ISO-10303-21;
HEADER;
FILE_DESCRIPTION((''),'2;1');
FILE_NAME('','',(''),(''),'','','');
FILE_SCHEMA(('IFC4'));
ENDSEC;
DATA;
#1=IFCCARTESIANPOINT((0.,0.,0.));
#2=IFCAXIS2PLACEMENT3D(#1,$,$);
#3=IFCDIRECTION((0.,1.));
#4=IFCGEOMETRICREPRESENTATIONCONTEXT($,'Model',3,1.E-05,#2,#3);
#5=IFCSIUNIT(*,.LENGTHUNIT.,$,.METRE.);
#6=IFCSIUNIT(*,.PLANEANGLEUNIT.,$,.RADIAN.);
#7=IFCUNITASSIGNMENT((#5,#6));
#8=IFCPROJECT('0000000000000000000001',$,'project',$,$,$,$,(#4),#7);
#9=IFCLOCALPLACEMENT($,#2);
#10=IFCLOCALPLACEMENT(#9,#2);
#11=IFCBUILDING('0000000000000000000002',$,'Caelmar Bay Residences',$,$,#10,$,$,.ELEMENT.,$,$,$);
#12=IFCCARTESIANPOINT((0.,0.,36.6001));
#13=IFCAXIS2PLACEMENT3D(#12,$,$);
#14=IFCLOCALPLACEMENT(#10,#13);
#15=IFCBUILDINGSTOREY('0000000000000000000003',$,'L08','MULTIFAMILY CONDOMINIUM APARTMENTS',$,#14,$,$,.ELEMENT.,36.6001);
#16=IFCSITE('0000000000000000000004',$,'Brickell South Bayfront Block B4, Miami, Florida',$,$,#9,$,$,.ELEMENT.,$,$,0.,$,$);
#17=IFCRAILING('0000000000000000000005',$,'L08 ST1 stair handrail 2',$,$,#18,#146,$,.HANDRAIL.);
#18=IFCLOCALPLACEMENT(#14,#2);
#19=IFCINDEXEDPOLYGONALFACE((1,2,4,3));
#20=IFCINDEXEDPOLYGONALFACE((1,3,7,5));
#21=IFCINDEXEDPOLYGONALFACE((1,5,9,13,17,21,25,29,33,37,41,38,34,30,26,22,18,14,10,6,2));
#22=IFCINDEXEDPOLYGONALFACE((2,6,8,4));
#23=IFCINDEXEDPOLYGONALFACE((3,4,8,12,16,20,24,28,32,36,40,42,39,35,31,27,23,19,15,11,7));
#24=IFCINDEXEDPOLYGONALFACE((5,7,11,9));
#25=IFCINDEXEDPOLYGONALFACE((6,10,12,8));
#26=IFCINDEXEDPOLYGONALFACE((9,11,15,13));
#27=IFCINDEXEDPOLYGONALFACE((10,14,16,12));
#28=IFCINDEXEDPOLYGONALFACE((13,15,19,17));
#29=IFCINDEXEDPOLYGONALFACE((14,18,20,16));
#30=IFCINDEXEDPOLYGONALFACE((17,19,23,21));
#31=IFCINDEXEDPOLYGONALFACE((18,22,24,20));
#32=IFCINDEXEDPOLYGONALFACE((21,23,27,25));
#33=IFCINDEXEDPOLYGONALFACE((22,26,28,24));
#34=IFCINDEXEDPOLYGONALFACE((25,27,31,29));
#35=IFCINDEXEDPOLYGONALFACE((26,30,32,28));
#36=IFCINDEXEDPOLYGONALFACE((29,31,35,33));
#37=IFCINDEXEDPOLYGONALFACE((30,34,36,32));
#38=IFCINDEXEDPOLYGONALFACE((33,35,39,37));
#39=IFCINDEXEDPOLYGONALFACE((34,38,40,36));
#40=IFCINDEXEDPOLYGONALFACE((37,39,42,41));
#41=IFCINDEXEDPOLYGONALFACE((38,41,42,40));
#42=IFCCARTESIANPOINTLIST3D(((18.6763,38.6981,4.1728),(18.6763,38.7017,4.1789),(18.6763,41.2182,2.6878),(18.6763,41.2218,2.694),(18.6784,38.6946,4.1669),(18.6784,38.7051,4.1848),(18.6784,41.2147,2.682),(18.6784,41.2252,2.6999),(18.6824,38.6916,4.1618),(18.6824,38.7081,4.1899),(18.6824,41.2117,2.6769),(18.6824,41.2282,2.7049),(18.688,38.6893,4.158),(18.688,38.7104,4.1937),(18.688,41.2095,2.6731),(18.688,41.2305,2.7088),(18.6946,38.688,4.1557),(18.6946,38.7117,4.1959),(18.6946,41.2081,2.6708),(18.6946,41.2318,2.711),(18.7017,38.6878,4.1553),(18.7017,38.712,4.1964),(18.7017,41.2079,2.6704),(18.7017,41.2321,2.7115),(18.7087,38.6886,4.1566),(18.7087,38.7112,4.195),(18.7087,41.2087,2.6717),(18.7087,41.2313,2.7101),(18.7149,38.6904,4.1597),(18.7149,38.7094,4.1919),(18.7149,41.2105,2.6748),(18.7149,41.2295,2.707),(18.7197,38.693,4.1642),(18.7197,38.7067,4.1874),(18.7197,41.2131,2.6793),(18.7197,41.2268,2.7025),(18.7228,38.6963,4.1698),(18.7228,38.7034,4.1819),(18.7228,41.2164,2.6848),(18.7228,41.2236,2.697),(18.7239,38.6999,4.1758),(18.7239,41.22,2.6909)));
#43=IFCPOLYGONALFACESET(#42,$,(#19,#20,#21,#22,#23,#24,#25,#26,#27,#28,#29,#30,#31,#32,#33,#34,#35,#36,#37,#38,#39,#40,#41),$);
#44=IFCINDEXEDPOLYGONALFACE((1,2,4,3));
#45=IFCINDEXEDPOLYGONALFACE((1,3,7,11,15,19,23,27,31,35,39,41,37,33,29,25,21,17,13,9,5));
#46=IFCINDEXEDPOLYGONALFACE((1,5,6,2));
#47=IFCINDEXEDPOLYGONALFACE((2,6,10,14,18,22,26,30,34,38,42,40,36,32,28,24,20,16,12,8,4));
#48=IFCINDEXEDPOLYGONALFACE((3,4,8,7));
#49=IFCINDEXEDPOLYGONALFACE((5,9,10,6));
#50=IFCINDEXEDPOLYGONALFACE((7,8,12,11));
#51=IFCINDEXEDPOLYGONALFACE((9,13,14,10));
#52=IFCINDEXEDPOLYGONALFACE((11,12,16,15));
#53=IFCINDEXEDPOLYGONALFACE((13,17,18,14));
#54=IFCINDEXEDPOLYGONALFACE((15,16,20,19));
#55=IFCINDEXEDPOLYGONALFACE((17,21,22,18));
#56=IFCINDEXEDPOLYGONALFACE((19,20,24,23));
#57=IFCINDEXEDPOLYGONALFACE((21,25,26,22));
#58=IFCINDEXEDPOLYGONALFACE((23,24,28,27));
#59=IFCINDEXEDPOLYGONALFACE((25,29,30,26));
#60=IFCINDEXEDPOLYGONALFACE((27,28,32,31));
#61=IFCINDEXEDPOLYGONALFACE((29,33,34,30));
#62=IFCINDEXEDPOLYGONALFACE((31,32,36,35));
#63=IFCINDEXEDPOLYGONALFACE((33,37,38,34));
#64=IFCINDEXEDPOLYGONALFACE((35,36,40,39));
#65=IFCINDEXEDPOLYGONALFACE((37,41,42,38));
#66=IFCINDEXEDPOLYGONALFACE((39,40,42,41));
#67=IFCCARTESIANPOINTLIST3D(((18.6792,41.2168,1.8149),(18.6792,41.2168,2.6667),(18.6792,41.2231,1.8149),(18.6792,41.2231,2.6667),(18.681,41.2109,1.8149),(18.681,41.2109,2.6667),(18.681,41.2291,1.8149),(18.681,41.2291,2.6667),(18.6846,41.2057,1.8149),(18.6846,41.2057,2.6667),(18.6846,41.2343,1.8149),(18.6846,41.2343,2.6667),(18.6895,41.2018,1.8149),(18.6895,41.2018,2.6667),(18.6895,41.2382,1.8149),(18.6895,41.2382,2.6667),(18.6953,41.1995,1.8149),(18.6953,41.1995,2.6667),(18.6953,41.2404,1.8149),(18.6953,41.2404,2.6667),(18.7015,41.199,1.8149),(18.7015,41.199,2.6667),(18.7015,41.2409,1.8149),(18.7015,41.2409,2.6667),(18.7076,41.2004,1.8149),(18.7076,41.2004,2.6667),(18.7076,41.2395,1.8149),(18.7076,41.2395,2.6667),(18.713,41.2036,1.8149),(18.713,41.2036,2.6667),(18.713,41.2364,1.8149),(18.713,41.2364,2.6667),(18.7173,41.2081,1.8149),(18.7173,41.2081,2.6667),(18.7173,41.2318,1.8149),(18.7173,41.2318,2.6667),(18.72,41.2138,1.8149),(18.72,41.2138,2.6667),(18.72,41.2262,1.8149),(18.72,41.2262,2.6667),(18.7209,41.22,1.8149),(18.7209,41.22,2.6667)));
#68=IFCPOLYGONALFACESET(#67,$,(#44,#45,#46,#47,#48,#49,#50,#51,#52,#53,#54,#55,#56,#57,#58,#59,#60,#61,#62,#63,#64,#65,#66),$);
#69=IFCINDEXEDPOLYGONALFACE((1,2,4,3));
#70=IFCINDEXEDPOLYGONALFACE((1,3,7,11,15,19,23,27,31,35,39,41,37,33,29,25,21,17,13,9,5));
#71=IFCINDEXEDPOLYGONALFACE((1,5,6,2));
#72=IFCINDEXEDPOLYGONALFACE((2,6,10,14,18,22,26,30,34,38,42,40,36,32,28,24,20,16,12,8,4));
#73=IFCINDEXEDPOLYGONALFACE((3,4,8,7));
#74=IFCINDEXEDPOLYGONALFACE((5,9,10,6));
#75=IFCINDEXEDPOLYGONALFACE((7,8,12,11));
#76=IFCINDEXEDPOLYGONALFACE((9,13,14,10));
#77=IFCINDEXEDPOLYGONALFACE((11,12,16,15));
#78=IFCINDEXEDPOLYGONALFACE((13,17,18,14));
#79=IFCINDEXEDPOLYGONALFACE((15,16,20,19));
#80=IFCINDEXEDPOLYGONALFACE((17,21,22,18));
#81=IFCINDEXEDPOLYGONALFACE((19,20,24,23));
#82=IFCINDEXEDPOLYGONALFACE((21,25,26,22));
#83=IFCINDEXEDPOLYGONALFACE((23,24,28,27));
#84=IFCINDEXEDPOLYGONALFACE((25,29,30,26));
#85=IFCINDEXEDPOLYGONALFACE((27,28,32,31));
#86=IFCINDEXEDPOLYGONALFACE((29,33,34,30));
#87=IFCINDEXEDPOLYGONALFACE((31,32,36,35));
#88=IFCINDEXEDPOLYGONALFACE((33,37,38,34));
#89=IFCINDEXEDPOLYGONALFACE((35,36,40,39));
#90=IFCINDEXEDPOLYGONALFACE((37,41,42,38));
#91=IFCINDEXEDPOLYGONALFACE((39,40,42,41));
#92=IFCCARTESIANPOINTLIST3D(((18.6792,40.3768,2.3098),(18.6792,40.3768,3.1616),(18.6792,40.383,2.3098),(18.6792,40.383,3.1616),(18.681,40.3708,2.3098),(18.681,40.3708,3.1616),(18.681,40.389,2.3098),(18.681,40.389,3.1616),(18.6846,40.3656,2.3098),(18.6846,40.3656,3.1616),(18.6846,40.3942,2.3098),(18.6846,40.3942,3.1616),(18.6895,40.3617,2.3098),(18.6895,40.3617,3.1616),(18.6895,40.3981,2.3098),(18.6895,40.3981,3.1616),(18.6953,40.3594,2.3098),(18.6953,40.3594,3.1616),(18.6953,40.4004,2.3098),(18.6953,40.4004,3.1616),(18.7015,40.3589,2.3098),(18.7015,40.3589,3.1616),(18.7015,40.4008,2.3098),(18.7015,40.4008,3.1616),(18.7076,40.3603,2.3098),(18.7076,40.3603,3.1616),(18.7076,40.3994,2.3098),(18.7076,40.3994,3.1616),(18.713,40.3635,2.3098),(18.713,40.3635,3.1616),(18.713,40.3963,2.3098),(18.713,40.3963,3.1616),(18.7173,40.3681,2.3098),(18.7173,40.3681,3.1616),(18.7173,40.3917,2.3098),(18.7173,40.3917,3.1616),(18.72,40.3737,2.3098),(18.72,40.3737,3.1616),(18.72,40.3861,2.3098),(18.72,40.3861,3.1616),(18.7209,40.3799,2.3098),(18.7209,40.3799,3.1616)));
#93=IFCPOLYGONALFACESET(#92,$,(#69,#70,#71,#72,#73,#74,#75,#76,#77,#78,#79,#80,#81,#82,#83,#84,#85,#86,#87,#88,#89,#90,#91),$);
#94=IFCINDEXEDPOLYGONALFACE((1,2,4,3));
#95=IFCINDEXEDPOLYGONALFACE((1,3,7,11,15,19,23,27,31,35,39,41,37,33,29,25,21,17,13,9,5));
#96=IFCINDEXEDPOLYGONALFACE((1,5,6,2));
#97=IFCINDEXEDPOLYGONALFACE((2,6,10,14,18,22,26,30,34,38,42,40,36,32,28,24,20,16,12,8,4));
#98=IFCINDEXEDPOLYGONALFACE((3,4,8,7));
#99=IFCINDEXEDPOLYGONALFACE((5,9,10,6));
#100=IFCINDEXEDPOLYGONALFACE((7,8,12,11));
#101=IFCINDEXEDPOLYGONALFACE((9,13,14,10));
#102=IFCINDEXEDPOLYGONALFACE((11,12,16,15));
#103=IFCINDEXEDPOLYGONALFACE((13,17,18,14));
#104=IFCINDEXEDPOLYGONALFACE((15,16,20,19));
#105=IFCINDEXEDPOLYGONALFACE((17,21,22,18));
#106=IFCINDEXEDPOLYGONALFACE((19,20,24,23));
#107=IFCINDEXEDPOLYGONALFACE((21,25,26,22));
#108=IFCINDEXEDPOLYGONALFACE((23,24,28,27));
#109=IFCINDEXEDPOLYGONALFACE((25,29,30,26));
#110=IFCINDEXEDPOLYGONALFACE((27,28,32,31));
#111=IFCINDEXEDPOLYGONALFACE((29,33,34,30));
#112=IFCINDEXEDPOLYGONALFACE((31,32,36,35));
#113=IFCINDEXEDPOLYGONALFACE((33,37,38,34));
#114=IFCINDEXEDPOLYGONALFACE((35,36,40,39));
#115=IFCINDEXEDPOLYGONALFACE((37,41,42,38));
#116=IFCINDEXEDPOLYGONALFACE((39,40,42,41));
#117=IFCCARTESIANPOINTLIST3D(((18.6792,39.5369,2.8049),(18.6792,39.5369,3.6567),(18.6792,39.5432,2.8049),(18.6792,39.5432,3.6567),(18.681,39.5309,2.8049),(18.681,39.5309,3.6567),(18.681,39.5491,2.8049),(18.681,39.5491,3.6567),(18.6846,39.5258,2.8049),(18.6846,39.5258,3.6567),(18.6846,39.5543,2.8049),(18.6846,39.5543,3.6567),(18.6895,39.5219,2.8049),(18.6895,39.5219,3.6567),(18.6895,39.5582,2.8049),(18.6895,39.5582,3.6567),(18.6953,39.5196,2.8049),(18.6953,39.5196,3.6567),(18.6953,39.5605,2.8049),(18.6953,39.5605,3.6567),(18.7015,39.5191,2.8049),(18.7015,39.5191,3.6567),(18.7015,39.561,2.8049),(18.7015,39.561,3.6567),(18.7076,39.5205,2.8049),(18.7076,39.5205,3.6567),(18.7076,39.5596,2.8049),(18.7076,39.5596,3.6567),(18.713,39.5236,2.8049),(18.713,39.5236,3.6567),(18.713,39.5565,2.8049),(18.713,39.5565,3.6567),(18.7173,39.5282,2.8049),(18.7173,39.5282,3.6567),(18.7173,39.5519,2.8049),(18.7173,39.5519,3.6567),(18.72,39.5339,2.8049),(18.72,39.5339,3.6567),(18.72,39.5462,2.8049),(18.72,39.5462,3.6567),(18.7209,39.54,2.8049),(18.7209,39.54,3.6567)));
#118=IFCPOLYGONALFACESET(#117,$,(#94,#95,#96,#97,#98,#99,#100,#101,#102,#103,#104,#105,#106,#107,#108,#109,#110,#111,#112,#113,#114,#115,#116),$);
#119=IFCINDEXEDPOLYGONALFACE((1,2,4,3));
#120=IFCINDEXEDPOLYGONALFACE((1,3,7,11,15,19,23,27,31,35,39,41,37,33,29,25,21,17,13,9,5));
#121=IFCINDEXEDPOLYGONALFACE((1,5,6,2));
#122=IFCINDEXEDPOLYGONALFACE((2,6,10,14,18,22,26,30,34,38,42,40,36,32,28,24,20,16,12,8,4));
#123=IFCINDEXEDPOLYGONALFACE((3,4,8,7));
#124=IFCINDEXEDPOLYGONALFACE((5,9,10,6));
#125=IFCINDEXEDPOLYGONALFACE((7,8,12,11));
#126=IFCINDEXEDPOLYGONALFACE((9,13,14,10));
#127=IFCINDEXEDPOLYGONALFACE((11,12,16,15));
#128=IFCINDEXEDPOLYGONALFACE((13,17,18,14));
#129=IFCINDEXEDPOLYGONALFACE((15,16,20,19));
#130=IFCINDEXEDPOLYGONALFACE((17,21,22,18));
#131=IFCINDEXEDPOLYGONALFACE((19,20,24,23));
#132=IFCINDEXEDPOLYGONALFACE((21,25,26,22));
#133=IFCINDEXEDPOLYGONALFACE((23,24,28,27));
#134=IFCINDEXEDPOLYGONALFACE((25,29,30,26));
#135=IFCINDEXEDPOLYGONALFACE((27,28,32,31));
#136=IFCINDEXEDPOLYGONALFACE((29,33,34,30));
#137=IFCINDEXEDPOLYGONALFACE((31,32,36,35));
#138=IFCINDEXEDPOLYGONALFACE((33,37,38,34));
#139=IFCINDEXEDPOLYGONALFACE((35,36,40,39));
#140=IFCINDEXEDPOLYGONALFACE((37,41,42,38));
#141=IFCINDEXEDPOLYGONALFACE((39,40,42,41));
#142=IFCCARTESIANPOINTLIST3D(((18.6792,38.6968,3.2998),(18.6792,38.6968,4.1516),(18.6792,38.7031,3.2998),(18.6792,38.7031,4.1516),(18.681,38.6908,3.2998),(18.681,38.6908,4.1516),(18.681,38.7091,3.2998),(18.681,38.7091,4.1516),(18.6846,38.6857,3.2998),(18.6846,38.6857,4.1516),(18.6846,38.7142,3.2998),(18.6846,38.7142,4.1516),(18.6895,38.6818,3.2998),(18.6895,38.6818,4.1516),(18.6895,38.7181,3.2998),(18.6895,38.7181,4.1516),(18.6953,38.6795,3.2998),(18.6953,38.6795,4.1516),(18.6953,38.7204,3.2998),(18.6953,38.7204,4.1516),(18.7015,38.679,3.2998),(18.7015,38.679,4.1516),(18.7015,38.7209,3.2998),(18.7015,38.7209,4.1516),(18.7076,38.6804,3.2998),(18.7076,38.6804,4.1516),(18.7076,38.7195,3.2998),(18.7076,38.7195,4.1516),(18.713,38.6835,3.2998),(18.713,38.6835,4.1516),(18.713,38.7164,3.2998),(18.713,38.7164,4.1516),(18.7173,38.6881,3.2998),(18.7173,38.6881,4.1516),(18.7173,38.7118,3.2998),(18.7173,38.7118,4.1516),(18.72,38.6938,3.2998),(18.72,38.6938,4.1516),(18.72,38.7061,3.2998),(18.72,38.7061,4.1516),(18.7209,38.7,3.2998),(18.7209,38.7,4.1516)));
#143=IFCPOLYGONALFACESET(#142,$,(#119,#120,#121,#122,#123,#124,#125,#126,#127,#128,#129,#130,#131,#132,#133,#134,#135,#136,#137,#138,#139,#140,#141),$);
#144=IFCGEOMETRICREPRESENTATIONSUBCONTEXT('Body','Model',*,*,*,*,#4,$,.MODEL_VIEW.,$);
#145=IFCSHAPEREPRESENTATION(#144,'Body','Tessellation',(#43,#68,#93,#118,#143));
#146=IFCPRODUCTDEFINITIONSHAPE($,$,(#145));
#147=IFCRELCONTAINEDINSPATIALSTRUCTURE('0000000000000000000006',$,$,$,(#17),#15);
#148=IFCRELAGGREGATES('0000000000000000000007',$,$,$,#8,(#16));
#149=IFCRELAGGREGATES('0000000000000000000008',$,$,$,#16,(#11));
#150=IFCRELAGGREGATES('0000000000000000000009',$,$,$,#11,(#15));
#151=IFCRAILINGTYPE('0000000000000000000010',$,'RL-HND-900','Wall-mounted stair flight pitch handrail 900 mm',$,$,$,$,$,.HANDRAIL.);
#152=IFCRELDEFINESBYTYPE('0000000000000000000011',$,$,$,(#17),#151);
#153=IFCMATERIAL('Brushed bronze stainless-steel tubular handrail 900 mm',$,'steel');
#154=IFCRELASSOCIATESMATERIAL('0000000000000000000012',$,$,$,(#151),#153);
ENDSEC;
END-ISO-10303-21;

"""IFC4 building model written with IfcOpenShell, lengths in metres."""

from ifc_helpers import new_model, si_unit, direction, frame, origin, origin_2d, place, context, subcontext, project, spatial, circle, extrude, material, type_object, element, save


model = new_model("IFC4")

# Units and contexts
model_context = context("Model", 3, precision=1e-05, world=origin(), true_north=direction((0.0, 1.0)))
body_context = subcontext(model_context, "Body", "Model", "MODEL_VIEW")
ifc_project = project(units=[si_unit("LENGTHUNIT", "METRE"), si_unit("PLANEANGLEUNIT", "RADIAN")], contexts=[model_context])

# Site, building, storey
site_placement = place(None, origin())
site = spatial("IfcSite", under=ifc_project, at=site_placement, Name="Brickell South Bayfront Block B4, Miami, Florida", CompositionType="ELEMENT", RefElevation=0.0)
building_placement = place(site_placement, origin())
building = spatial("IfcBuilding", under=site, at=building_placement, Name="Caelmar Bay Residences", CompositionType="ELEMENT")
storey_placement = place(building_placement, frame((0.0, 0.0, 36.6001)))
storey = spatial("IfcBuildingStorey", under=building, at=storey_placement, Name="L08", Description="MULTIFAMILY CONDOMINIUM APARTMENTS", CompositionType="ELEMENT", Elevation=36.6001)

# Railing
ifc_material_1 = material(Name="Brushed bronze stainless-steel tubular handrail 900 mm", Category="steel")
railing_type_1 = type_object("IfcRailingType", Name="RL-HND-900", Description="Wall-mounted stair flight pitch handrail 900 mm", PredefinedType="HANDRAIL", material=ifc_material_1)
railing_1_placement = place(storey_placement, frame((18.7, 41.22, 1.8149)))
element("IfcRailing", 1, at=railing_1_placement, inside=storey, type_object=railing_type_1, Name="L08 ST1 stair handrail 2", PredefinedType="HANDRAIL", context=body_context, shape_type="SweptSolid", body=[
    extrude(circle(Radius=0.0239, at=origin_2d()), frame((0.0, 0.0, 0.876), z_axis=(0.0, -0.861561, 0.507655), x_axis=(1.0, 0.0, 0.0)), (0.0, 0.0, 1.0), 2.925),
    extrude(circle(Radius=0.021, at=origin_2d()), origin(), (0.0, 0.0, 1.0), 0.8518),
    extrude(circle(Radius=0.021, at=origin_2d()), frame((0.0, -0.8401, 0.4949)), (0.0, 0.0, 1.0), 0.8518),
    extrude(circle(Radius=0.021, at=origin_2d()), frame((0.0, -1.6799, 0.99)), (0.0, 0.0, 1.0), 0.8518),
    extrude(circle(Radius=0.021, at=origin_2d()), frame((0.0, -2.52, 1.4849)), (0.0, 0.0, 1.0), 0.8518),
])

save(model, "model.ifc")
